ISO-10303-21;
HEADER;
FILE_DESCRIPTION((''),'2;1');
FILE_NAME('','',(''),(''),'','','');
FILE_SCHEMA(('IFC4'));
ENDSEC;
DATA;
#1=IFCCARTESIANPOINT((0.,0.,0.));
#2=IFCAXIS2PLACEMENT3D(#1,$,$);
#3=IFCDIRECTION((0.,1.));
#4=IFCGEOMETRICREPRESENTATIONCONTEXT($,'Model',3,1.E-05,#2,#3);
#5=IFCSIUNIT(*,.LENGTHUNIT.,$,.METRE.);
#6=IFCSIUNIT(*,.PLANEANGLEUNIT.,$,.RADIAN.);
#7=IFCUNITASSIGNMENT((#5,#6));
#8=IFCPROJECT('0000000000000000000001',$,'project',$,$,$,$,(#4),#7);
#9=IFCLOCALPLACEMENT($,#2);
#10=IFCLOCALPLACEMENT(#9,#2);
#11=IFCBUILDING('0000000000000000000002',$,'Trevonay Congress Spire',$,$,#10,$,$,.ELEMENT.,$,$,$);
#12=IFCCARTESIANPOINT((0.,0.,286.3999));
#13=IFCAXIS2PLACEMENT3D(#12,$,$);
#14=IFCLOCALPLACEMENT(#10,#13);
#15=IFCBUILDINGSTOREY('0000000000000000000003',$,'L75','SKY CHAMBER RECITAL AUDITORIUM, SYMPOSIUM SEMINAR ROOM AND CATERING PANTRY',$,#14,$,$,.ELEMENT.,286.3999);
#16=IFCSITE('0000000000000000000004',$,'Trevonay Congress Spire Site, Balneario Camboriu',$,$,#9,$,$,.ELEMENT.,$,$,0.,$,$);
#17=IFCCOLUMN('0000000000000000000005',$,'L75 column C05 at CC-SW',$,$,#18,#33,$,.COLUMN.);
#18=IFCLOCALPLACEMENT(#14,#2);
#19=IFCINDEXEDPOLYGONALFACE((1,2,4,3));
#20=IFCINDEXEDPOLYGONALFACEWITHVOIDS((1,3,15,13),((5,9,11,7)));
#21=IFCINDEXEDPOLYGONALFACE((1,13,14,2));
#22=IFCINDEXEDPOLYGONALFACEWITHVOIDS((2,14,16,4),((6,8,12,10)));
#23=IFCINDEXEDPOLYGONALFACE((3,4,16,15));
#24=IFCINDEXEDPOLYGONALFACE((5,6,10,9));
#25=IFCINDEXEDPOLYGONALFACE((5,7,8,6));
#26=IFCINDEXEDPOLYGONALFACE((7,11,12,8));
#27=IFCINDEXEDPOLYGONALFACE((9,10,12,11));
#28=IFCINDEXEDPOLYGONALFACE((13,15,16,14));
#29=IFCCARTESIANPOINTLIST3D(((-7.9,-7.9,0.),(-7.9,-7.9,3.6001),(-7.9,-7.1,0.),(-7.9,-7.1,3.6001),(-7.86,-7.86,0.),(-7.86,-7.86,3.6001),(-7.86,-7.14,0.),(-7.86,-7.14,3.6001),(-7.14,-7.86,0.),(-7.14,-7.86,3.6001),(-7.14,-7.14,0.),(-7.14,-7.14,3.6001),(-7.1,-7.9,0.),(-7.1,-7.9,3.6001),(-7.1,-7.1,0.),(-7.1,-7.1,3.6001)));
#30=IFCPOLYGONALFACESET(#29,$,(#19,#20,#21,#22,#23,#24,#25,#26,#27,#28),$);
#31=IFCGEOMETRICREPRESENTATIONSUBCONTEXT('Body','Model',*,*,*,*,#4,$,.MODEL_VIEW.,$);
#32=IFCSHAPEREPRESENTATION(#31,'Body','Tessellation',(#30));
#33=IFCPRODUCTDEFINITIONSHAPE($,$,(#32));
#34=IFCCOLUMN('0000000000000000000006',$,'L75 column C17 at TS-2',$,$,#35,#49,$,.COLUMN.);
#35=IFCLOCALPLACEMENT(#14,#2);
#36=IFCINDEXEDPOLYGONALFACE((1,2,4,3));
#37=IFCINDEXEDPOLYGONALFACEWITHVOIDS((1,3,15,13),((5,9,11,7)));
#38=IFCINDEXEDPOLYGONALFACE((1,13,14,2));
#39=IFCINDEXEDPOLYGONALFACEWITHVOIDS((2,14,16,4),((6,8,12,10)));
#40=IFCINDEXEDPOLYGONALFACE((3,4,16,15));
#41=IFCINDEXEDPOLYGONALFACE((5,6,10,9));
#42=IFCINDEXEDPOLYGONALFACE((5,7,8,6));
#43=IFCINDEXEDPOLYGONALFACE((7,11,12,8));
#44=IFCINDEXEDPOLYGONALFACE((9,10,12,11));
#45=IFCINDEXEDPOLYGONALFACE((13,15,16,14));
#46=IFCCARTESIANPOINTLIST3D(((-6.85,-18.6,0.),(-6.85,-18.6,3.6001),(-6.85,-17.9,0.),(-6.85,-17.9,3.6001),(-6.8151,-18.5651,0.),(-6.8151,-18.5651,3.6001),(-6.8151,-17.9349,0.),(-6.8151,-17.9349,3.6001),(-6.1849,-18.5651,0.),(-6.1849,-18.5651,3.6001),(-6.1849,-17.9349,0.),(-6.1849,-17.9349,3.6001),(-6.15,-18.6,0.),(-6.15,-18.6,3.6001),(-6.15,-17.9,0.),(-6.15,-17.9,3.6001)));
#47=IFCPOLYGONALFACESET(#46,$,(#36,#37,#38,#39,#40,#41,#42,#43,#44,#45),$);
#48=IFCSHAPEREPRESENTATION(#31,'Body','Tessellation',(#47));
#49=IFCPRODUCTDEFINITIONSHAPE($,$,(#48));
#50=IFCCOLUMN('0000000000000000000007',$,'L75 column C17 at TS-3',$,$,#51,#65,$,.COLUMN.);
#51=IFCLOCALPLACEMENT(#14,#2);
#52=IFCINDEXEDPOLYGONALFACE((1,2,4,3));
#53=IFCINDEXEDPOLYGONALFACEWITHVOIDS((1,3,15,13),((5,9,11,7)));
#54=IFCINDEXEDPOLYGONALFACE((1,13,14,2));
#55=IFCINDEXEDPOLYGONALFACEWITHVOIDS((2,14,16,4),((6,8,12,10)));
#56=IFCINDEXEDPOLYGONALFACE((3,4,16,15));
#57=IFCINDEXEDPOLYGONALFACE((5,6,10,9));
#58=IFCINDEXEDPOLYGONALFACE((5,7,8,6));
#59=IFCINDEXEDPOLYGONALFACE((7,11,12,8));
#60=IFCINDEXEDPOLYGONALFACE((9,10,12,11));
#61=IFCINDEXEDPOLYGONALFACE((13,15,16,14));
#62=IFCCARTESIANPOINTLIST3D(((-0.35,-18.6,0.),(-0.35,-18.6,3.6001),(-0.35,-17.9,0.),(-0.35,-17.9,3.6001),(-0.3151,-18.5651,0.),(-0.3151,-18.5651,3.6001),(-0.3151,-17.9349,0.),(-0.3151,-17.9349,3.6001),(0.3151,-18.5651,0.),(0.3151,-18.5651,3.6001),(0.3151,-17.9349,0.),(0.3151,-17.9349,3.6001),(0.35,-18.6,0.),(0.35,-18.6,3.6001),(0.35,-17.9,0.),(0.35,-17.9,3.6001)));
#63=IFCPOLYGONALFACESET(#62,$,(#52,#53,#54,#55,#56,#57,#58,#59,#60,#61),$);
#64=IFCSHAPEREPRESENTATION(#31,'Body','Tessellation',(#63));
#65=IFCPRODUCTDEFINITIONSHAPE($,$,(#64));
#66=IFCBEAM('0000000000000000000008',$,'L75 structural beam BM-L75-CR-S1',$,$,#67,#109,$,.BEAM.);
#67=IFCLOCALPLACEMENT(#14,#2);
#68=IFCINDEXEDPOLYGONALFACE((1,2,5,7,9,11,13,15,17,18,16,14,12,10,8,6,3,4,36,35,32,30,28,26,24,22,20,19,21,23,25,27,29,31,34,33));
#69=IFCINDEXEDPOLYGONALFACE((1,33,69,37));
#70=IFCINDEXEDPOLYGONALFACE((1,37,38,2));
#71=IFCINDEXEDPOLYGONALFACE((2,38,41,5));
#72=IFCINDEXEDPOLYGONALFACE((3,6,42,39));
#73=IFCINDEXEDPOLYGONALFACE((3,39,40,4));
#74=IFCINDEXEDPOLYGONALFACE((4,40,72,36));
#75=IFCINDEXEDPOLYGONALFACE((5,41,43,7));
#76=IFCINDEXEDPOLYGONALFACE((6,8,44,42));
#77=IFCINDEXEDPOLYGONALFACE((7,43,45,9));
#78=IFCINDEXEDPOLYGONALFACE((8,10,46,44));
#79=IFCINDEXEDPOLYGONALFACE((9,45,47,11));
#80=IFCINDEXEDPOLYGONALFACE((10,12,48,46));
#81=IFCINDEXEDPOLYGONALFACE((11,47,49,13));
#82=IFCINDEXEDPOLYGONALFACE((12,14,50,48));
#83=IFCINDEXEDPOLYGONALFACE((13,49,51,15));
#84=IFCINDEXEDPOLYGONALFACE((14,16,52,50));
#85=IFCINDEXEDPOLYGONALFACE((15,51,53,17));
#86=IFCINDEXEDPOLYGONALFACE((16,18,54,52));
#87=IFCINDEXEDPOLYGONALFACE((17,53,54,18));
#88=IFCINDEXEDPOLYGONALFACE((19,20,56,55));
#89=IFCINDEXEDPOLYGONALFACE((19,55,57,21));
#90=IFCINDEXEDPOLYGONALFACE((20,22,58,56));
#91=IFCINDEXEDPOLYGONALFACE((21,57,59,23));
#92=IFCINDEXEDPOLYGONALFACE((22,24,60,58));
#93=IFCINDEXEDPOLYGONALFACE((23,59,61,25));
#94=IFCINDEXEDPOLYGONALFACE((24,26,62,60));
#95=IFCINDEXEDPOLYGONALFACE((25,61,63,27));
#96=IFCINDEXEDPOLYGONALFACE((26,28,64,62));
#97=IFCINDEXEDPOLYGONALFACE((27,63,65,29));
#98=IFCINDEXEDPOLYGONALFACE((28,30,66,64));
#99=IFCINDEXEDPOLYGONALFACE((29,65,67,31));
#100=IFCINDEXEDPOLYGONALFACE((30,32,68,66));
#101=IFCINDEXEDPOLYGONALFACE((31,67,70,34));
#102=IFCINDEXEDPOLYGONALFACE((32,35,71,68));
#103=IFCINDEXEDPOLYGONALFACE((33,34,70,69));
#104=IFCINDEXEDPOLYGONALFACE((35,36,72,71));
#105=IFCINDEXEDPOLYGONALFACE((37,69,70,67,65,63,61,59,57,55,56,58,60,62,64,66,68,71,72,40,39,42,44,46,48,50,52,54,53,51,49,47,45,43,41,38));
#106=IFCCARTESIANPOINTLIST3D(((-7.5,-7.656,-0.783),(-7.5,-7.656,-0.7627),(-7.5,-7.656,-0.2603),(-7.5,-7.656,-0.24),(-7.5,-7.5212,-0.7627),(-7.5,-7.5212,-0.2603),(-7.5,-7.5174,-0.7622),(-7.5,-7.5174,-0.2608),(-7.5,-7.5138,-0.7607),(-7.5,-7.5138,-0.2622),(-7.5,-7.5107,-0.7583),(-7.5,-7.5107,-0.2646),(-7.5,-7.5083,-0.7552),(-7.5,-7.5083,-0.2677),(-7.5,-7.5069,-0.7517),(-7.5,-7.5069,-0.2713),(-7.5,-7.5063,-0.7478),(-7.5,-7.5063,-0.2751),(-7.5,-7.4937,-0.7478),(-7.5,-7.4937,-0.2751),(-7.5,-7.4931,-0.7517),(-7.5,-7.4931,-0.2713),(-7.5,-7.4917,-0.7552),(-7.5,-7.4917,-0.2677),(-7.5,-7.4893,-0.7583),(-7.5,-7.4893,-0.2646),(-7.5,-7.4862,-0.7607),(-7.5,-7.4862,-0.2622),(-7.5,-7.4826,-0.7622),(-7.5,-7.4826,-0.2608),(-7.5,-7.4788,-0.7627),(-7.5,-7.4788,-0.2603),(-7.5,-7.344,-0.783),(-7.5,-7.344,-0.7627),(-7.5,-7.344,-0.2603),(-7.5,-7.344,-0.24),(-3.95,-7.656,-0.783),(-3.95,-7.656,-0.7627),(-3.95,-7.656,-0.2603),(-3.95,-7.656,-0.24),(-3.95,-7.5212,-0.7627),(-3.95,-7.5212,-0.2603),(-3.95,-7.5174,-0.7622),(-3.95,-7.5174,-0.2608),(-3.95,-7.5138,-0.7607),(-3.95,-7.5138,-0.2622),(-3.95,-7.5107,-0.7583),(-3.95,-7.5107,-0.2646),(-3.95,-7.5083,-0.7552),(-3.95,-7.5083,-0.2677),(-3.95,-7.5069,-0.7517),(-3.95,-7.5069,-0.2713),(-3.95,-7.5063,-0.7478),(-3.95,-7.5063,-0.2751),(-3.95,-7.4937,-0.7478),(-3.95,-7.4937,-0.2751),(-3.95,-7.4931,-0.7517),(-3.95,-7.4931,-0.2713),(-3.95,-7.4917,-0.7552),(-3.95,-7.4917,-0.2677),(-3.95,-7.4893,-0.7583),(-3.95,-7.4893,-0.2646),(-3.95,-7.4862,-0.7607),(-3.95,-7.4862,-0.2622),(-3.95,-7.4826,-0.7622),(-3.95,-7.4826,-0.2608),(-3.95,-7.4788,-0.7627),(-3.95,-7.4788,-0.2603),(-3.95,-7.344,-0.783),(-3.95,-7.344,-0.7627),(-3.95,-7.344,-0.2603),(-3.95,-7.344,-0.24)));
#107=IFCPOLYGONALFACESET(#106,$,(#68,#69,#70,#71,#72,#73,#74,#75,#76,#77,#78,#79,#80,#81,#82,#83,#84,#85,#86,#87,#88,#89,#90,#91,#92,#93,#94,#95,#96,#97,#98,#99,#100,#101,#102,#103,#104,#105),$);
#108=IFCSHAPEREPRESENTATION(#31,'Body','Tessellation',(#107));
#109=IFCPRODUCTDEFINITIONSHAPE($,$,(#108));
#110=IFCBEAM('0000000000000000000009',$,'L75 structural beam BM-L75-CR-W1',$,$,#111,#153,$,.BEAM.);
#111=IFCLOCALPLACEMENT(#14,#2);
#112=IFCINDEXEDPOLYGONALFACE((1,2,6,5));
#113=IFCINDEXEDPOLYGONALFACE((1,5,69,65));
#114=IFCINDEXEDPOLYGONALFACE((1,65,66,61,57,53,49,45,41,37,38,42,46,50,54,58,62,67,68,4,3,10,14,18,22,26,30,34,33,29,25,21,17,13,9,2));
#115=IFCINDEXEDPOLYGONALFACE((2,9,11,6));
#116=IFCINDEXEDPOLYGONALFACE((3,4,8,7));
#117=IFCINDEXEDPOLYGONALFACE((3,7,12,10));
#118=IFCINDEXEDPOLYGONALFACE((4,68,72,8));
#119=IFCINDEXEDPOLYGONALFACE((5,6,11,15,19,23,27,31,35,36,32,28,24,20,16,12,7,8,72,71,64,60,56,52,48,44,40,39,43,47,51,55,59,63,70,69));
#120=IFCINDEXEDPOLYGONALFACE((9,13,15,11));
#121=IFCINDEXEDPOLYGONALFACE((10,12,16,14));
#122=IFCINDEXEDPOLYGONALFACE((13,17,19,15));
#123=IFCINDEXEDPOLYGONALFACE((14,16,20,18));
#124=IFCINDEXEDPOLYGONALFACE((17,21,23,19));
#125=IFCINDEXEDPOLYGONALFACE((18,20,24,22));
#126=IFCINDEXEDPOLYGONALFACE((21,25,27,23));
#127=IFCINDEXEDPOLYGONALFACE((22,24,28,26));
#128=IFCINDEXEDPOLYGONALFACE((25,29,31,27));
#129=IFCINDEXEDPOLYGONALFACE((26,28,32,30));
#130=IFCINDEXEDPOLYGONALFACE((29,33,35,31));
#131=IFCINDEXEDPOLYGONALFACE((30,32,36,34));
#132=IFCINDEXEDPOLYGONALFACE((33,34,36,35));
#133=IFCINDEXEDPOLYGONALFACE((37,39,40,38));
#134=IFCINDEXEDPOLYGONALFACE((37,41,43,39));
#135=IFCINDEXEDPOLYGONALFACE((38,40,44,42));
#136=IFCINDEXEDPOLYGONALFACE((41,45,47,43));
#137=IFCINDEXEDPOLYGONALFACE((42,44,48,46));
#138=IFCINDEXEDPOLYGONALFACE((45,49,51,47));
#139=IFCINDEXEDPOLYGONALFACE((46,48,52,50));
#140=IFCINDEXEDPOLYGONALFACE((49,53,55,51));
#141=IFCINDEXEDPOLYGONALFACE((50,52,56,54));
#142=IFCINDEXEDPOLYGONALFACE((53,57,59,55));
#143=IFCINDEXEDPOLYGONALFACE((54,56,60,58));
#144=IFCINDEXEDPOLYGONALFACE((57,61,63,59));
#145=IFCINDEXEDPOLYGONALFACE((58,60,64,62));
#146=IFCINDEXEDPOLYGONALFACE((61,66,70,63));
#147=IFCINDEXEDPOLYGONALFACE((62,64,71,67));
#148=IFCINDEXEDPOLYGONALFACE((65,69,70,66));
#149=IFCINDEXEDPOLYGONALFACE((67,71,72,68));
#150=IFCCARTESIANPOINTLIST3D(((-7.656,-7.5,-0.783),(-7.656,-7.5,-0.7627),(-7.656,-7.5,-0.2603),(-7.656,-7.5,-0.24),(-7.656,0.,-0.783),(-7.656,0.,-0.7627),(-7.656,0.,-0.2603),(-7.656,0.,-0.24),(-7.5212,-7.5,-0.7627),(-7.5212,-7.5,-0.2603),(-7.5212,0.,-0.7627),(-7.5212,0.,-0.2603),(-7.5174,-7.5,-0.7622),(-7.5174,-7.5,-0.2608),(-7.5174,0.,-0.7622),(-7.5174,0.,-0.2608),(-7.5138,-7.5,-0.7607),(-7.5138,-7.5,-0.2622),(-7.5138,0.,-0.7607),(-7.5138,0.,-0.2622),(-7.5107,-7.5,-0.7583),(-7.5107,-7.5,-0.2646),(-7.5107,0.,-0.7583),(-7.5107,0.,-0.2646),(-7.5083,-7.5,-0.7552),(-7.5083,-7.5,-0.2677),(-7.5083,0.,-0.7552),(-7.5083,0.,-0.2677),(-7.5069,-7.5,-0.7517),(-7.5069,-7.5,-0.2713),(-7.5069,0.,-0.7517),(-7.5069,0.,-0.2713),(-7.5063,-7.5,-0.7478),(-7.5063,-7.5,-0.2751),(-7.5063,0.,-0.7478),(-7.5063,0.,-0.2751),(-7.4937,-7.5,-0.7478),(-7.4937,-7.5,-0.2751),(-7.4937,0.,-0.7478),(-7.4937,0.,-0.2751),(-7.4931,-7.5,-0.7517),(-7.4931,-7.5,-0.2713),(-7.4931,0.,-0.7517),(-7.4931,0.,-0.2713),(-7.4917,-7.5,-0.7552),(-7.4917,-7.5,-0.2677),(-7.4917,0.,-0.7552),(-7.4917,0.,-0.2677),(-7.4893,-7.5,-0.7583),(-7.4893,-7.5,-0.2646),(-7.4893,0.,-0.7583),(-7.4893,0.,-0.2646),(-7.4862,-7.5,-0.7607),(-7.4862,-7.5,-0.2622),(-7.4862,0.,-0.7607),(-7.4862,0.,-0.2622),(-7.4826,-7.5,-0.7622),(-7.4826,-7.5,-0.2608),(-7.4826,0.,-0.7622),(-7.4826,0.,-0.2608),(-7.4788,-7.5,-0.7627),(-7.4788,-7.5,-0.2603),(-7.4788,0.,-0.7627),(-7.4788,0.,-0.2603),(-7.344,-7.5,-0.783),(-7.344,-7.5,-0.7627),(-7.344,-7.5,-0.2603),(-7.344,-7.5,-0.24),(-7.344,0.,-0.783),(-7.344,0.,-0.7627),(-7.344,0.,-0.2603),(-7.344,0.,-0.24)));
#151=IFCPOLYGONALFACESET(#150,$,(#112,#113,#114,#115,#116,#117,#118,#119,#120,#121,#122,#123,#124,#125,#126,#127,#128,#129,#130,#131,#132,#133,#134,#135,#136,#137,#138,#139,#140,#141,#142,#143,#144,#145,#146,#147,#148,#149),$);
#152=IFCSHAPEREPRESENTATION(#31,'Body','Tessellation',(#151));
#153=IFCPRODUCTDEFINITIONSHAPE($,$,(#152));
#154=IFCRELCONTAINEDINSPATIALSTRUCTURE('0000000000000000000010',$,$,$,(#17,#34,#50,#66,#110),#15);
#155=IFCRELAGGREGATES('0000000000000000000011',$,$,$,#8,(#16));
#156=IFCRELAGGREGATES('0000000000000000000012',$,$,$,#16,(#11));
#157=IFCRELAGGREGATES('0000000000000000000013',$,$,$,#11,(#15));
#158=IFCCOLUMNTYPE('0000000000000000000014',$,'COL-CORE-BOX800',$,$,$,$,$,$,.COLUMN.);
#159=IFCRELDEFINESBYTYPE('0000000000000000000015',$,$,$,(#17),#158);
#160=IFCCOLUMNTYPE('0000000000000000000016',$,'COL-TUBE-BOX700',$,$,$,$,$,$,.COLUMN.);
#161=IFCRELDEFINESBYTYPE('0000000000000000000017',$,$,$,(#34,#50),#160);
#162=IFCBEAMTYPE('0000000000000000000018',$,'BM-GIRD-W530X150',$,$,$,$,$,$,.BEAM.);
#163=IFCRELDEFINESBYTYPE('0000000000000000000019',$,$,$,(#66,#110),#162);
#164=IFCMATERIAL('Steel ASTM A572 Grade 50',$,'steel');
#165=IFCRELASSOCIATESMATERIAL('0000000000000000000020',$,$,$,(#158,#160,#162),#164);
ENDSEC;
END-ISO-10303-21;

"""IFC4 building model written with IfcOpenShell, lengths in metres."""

from ifc_helpers import new_model, si_unit, direction, frame, origin, origin_2d, place, context, subcontext, project, spatial, hollow_rectangle, i_section, extrude, material, material_profile, profile_set, type_object, element, save


model = new_model("IFC4")

# Units and contexts
model_context = context("Model", 3, precision=1e-05, world=origin(), true_north=direction((0.0, 1.0)))
body_context = subcontext(model_context, "Body", "Model", "MODEL_VIEW")
ifc_project = project(units=[si_unit("LENGTHUNIT", "METRE"), si_unit("PLANEANGLEUNIT", "RADIAN")], contexts=[model_context])

# Site, building, storey
site_placement = place(None, origin())
site = spatial("IfcSite", under=ifc_project, at=site_placement, Name="Trevonay Congress Spire Site, Balneario Camboriu", CompositionType="ELEMENT", RefElevation=0.0)
building_placement = place(site_placement, origin())
building = spatial("IfcBuilding", under=site, at=building_placement, Name="Trevonay Congress Spire", CompositionType="ELEMENT")
storey_placement = place(building_placement, frame((0.0, 0.0, 286.3999)))
storey = spatial("IfcBuildingStorey", under=building, at=storey_placement, Name="L75", Description="SKY CHAMBER RECITAL AUDITORIUM, SYMPOSIUM SEMINAR ROOM AND CATERING PANTRY", CompositionType="ELEMENT", Elevation=286.3999)

# Columns
ifc_material_1 = material(Name="Steel ASTM A572 Grade 50", Category="steel")
ifc_material_profile_1 = material_profile(ifc_material_1, hollow_rectangle(XDim=0.8, YDim=0.8, WallThickness=0.04, at=origin_2d()), Name="BOX 800x800x40")
ifc_profile_set_1 = profile_set([ifc_material_profile_1], Name="Steel ASTM A572 Grade 50")
column_type_1 = type_object("IfcColumnType", Name="COL-CORE-BOX800", PredefinedType="COLUMN", material=ifc_profile_set_1)
column_placement = place(storey_placement, frame((-7.5, -7.5, 0.0), z_axis=(0.0, 0.0, 1.0), x_axis=(1.0, 0.0, 0.0)))
element("IfcColumn", 1, at=column_placement, inside=storey, type_object=column_type_1, Name="L75 column C05 at CC-SW", PredefinedType="COLUMN", context=body_context, shape_type="SweptSolid", body=[
    extrude(hollow_rectangle(XDim=0.8, YDim=0.8, WallThickness=0.04, at=origin_2d()), origin(), (0.0, 0.0, 1.0), 3.6001),
])
ifc_material_profile_2 = material_profile(ifc_material_1, hollow_rectangle(XDim=0.7, YDim=0.7, WallThickness=0.0349, at=origin_2d()), Name="BOX 700x700x35")
ifc_profile_set_2 = profile_set([ifc_material_profile_2], Name="Steel ASTM A572 Grade 50")
column_type_2 = type_object("IfcColumnType", Name="COL-TUBE-BOX700", PredefinedType="COLUMN", material=ifc_profile_set_2)
for number, where, z_axis, x_axis, name in (
    (2, (-6.5, -18.25, 0.0), (0.0, 0.0, 1.0), (1.0, 0.0, 0.0), "L75 column C17 at TS-2"),
    (3, (0.0, -18.25, 0.0), (0.0, 0.0, 1.0), (1.0, 0.0, 0.0), "L75 column C17 at TS-3"),
):
    element("IfcColumn", number, at=place(storey_placement, frame(where, z_axis=z_axis, x_axis=x_axis)), inside=storey, type_object=column_type_2, Name=name, PredefinedType="COLUMN", context=body_context, shape_type="SweptSolid", body=[
        extrude(hollow_rectangle(XDim=0.7, YDim=0.7, WallThickness=0.0349, at=origin_2d()), origin(), (0.0, 0.0, 1.0), 3.6001),
    ])

# Beams
ifc_material_profile_3 = material_profile(ifc_material_1, i_section(OverallWidth=0.312, OverallDepth=0.543, WebThickness=0.0127, FlangeThickness=0.0203, FilletRadius=0.0149, at=origin_2d()), Name="W530x150")
ifc_profile_set_3 = profile_set([ifc_material_profile_3], Name="Steel ASTM A572 Grade 50")
beam_type_1 = type_object("IfcBeamType", Name="BM-GIRD-W530X150", PredefinedType="BEAM", material=ifc_profile_set_3)
beam_1_placement = place(storey_placement, frame((-7.5, -7.5, -0.5115), z_axis=(1.0, 0.0, 0.0), x_axis=(0.0, 1.0, 0.0)))
element("IfcBeam", 4, at=beam_1_placement, inside=storey, type_object=beam_type_1, Name="L75 structural beam BM-L75-CR-S1", PredefinedType="BEAM", context=body_context, shape_type="SweptSolid", body=[
    extrude(i_section(OverallWidth=0.312, OverallDepth=0.543, WebThickness=0.0127, FlangeThickness=0.0203, FilletRadius=0.0149, at=origin_2d()), origin(), (0.0, 0.0, 1.0), 3.55),
])
beam_2_placement = place(storey_placement, frame((-7.5, -7.5, -0.5115), z_axis=(0.0, 1.0, 0.0), x_axis=(-1.0, 0.0, 0.0)))
element("IfcBeam", 5, at=beam_2_placement, inside=storey, type_object=beam_type_1, Name="L75 structural beam BM-L75-CR-W1", PredefinedType="BEAM", context=body_context, shape_type="SweptSolid", body=[
    extrude(i_section(OverallWidth=0.312, OverallDepth=0.543, WebThickness=0.0127, FlangeThickness=0.0203, FilletRadius=0.0149, at=origin_2d()), origin(), (0.0, 0.0, 1.0), 7.5),
])

save(model, "model.ifc")
